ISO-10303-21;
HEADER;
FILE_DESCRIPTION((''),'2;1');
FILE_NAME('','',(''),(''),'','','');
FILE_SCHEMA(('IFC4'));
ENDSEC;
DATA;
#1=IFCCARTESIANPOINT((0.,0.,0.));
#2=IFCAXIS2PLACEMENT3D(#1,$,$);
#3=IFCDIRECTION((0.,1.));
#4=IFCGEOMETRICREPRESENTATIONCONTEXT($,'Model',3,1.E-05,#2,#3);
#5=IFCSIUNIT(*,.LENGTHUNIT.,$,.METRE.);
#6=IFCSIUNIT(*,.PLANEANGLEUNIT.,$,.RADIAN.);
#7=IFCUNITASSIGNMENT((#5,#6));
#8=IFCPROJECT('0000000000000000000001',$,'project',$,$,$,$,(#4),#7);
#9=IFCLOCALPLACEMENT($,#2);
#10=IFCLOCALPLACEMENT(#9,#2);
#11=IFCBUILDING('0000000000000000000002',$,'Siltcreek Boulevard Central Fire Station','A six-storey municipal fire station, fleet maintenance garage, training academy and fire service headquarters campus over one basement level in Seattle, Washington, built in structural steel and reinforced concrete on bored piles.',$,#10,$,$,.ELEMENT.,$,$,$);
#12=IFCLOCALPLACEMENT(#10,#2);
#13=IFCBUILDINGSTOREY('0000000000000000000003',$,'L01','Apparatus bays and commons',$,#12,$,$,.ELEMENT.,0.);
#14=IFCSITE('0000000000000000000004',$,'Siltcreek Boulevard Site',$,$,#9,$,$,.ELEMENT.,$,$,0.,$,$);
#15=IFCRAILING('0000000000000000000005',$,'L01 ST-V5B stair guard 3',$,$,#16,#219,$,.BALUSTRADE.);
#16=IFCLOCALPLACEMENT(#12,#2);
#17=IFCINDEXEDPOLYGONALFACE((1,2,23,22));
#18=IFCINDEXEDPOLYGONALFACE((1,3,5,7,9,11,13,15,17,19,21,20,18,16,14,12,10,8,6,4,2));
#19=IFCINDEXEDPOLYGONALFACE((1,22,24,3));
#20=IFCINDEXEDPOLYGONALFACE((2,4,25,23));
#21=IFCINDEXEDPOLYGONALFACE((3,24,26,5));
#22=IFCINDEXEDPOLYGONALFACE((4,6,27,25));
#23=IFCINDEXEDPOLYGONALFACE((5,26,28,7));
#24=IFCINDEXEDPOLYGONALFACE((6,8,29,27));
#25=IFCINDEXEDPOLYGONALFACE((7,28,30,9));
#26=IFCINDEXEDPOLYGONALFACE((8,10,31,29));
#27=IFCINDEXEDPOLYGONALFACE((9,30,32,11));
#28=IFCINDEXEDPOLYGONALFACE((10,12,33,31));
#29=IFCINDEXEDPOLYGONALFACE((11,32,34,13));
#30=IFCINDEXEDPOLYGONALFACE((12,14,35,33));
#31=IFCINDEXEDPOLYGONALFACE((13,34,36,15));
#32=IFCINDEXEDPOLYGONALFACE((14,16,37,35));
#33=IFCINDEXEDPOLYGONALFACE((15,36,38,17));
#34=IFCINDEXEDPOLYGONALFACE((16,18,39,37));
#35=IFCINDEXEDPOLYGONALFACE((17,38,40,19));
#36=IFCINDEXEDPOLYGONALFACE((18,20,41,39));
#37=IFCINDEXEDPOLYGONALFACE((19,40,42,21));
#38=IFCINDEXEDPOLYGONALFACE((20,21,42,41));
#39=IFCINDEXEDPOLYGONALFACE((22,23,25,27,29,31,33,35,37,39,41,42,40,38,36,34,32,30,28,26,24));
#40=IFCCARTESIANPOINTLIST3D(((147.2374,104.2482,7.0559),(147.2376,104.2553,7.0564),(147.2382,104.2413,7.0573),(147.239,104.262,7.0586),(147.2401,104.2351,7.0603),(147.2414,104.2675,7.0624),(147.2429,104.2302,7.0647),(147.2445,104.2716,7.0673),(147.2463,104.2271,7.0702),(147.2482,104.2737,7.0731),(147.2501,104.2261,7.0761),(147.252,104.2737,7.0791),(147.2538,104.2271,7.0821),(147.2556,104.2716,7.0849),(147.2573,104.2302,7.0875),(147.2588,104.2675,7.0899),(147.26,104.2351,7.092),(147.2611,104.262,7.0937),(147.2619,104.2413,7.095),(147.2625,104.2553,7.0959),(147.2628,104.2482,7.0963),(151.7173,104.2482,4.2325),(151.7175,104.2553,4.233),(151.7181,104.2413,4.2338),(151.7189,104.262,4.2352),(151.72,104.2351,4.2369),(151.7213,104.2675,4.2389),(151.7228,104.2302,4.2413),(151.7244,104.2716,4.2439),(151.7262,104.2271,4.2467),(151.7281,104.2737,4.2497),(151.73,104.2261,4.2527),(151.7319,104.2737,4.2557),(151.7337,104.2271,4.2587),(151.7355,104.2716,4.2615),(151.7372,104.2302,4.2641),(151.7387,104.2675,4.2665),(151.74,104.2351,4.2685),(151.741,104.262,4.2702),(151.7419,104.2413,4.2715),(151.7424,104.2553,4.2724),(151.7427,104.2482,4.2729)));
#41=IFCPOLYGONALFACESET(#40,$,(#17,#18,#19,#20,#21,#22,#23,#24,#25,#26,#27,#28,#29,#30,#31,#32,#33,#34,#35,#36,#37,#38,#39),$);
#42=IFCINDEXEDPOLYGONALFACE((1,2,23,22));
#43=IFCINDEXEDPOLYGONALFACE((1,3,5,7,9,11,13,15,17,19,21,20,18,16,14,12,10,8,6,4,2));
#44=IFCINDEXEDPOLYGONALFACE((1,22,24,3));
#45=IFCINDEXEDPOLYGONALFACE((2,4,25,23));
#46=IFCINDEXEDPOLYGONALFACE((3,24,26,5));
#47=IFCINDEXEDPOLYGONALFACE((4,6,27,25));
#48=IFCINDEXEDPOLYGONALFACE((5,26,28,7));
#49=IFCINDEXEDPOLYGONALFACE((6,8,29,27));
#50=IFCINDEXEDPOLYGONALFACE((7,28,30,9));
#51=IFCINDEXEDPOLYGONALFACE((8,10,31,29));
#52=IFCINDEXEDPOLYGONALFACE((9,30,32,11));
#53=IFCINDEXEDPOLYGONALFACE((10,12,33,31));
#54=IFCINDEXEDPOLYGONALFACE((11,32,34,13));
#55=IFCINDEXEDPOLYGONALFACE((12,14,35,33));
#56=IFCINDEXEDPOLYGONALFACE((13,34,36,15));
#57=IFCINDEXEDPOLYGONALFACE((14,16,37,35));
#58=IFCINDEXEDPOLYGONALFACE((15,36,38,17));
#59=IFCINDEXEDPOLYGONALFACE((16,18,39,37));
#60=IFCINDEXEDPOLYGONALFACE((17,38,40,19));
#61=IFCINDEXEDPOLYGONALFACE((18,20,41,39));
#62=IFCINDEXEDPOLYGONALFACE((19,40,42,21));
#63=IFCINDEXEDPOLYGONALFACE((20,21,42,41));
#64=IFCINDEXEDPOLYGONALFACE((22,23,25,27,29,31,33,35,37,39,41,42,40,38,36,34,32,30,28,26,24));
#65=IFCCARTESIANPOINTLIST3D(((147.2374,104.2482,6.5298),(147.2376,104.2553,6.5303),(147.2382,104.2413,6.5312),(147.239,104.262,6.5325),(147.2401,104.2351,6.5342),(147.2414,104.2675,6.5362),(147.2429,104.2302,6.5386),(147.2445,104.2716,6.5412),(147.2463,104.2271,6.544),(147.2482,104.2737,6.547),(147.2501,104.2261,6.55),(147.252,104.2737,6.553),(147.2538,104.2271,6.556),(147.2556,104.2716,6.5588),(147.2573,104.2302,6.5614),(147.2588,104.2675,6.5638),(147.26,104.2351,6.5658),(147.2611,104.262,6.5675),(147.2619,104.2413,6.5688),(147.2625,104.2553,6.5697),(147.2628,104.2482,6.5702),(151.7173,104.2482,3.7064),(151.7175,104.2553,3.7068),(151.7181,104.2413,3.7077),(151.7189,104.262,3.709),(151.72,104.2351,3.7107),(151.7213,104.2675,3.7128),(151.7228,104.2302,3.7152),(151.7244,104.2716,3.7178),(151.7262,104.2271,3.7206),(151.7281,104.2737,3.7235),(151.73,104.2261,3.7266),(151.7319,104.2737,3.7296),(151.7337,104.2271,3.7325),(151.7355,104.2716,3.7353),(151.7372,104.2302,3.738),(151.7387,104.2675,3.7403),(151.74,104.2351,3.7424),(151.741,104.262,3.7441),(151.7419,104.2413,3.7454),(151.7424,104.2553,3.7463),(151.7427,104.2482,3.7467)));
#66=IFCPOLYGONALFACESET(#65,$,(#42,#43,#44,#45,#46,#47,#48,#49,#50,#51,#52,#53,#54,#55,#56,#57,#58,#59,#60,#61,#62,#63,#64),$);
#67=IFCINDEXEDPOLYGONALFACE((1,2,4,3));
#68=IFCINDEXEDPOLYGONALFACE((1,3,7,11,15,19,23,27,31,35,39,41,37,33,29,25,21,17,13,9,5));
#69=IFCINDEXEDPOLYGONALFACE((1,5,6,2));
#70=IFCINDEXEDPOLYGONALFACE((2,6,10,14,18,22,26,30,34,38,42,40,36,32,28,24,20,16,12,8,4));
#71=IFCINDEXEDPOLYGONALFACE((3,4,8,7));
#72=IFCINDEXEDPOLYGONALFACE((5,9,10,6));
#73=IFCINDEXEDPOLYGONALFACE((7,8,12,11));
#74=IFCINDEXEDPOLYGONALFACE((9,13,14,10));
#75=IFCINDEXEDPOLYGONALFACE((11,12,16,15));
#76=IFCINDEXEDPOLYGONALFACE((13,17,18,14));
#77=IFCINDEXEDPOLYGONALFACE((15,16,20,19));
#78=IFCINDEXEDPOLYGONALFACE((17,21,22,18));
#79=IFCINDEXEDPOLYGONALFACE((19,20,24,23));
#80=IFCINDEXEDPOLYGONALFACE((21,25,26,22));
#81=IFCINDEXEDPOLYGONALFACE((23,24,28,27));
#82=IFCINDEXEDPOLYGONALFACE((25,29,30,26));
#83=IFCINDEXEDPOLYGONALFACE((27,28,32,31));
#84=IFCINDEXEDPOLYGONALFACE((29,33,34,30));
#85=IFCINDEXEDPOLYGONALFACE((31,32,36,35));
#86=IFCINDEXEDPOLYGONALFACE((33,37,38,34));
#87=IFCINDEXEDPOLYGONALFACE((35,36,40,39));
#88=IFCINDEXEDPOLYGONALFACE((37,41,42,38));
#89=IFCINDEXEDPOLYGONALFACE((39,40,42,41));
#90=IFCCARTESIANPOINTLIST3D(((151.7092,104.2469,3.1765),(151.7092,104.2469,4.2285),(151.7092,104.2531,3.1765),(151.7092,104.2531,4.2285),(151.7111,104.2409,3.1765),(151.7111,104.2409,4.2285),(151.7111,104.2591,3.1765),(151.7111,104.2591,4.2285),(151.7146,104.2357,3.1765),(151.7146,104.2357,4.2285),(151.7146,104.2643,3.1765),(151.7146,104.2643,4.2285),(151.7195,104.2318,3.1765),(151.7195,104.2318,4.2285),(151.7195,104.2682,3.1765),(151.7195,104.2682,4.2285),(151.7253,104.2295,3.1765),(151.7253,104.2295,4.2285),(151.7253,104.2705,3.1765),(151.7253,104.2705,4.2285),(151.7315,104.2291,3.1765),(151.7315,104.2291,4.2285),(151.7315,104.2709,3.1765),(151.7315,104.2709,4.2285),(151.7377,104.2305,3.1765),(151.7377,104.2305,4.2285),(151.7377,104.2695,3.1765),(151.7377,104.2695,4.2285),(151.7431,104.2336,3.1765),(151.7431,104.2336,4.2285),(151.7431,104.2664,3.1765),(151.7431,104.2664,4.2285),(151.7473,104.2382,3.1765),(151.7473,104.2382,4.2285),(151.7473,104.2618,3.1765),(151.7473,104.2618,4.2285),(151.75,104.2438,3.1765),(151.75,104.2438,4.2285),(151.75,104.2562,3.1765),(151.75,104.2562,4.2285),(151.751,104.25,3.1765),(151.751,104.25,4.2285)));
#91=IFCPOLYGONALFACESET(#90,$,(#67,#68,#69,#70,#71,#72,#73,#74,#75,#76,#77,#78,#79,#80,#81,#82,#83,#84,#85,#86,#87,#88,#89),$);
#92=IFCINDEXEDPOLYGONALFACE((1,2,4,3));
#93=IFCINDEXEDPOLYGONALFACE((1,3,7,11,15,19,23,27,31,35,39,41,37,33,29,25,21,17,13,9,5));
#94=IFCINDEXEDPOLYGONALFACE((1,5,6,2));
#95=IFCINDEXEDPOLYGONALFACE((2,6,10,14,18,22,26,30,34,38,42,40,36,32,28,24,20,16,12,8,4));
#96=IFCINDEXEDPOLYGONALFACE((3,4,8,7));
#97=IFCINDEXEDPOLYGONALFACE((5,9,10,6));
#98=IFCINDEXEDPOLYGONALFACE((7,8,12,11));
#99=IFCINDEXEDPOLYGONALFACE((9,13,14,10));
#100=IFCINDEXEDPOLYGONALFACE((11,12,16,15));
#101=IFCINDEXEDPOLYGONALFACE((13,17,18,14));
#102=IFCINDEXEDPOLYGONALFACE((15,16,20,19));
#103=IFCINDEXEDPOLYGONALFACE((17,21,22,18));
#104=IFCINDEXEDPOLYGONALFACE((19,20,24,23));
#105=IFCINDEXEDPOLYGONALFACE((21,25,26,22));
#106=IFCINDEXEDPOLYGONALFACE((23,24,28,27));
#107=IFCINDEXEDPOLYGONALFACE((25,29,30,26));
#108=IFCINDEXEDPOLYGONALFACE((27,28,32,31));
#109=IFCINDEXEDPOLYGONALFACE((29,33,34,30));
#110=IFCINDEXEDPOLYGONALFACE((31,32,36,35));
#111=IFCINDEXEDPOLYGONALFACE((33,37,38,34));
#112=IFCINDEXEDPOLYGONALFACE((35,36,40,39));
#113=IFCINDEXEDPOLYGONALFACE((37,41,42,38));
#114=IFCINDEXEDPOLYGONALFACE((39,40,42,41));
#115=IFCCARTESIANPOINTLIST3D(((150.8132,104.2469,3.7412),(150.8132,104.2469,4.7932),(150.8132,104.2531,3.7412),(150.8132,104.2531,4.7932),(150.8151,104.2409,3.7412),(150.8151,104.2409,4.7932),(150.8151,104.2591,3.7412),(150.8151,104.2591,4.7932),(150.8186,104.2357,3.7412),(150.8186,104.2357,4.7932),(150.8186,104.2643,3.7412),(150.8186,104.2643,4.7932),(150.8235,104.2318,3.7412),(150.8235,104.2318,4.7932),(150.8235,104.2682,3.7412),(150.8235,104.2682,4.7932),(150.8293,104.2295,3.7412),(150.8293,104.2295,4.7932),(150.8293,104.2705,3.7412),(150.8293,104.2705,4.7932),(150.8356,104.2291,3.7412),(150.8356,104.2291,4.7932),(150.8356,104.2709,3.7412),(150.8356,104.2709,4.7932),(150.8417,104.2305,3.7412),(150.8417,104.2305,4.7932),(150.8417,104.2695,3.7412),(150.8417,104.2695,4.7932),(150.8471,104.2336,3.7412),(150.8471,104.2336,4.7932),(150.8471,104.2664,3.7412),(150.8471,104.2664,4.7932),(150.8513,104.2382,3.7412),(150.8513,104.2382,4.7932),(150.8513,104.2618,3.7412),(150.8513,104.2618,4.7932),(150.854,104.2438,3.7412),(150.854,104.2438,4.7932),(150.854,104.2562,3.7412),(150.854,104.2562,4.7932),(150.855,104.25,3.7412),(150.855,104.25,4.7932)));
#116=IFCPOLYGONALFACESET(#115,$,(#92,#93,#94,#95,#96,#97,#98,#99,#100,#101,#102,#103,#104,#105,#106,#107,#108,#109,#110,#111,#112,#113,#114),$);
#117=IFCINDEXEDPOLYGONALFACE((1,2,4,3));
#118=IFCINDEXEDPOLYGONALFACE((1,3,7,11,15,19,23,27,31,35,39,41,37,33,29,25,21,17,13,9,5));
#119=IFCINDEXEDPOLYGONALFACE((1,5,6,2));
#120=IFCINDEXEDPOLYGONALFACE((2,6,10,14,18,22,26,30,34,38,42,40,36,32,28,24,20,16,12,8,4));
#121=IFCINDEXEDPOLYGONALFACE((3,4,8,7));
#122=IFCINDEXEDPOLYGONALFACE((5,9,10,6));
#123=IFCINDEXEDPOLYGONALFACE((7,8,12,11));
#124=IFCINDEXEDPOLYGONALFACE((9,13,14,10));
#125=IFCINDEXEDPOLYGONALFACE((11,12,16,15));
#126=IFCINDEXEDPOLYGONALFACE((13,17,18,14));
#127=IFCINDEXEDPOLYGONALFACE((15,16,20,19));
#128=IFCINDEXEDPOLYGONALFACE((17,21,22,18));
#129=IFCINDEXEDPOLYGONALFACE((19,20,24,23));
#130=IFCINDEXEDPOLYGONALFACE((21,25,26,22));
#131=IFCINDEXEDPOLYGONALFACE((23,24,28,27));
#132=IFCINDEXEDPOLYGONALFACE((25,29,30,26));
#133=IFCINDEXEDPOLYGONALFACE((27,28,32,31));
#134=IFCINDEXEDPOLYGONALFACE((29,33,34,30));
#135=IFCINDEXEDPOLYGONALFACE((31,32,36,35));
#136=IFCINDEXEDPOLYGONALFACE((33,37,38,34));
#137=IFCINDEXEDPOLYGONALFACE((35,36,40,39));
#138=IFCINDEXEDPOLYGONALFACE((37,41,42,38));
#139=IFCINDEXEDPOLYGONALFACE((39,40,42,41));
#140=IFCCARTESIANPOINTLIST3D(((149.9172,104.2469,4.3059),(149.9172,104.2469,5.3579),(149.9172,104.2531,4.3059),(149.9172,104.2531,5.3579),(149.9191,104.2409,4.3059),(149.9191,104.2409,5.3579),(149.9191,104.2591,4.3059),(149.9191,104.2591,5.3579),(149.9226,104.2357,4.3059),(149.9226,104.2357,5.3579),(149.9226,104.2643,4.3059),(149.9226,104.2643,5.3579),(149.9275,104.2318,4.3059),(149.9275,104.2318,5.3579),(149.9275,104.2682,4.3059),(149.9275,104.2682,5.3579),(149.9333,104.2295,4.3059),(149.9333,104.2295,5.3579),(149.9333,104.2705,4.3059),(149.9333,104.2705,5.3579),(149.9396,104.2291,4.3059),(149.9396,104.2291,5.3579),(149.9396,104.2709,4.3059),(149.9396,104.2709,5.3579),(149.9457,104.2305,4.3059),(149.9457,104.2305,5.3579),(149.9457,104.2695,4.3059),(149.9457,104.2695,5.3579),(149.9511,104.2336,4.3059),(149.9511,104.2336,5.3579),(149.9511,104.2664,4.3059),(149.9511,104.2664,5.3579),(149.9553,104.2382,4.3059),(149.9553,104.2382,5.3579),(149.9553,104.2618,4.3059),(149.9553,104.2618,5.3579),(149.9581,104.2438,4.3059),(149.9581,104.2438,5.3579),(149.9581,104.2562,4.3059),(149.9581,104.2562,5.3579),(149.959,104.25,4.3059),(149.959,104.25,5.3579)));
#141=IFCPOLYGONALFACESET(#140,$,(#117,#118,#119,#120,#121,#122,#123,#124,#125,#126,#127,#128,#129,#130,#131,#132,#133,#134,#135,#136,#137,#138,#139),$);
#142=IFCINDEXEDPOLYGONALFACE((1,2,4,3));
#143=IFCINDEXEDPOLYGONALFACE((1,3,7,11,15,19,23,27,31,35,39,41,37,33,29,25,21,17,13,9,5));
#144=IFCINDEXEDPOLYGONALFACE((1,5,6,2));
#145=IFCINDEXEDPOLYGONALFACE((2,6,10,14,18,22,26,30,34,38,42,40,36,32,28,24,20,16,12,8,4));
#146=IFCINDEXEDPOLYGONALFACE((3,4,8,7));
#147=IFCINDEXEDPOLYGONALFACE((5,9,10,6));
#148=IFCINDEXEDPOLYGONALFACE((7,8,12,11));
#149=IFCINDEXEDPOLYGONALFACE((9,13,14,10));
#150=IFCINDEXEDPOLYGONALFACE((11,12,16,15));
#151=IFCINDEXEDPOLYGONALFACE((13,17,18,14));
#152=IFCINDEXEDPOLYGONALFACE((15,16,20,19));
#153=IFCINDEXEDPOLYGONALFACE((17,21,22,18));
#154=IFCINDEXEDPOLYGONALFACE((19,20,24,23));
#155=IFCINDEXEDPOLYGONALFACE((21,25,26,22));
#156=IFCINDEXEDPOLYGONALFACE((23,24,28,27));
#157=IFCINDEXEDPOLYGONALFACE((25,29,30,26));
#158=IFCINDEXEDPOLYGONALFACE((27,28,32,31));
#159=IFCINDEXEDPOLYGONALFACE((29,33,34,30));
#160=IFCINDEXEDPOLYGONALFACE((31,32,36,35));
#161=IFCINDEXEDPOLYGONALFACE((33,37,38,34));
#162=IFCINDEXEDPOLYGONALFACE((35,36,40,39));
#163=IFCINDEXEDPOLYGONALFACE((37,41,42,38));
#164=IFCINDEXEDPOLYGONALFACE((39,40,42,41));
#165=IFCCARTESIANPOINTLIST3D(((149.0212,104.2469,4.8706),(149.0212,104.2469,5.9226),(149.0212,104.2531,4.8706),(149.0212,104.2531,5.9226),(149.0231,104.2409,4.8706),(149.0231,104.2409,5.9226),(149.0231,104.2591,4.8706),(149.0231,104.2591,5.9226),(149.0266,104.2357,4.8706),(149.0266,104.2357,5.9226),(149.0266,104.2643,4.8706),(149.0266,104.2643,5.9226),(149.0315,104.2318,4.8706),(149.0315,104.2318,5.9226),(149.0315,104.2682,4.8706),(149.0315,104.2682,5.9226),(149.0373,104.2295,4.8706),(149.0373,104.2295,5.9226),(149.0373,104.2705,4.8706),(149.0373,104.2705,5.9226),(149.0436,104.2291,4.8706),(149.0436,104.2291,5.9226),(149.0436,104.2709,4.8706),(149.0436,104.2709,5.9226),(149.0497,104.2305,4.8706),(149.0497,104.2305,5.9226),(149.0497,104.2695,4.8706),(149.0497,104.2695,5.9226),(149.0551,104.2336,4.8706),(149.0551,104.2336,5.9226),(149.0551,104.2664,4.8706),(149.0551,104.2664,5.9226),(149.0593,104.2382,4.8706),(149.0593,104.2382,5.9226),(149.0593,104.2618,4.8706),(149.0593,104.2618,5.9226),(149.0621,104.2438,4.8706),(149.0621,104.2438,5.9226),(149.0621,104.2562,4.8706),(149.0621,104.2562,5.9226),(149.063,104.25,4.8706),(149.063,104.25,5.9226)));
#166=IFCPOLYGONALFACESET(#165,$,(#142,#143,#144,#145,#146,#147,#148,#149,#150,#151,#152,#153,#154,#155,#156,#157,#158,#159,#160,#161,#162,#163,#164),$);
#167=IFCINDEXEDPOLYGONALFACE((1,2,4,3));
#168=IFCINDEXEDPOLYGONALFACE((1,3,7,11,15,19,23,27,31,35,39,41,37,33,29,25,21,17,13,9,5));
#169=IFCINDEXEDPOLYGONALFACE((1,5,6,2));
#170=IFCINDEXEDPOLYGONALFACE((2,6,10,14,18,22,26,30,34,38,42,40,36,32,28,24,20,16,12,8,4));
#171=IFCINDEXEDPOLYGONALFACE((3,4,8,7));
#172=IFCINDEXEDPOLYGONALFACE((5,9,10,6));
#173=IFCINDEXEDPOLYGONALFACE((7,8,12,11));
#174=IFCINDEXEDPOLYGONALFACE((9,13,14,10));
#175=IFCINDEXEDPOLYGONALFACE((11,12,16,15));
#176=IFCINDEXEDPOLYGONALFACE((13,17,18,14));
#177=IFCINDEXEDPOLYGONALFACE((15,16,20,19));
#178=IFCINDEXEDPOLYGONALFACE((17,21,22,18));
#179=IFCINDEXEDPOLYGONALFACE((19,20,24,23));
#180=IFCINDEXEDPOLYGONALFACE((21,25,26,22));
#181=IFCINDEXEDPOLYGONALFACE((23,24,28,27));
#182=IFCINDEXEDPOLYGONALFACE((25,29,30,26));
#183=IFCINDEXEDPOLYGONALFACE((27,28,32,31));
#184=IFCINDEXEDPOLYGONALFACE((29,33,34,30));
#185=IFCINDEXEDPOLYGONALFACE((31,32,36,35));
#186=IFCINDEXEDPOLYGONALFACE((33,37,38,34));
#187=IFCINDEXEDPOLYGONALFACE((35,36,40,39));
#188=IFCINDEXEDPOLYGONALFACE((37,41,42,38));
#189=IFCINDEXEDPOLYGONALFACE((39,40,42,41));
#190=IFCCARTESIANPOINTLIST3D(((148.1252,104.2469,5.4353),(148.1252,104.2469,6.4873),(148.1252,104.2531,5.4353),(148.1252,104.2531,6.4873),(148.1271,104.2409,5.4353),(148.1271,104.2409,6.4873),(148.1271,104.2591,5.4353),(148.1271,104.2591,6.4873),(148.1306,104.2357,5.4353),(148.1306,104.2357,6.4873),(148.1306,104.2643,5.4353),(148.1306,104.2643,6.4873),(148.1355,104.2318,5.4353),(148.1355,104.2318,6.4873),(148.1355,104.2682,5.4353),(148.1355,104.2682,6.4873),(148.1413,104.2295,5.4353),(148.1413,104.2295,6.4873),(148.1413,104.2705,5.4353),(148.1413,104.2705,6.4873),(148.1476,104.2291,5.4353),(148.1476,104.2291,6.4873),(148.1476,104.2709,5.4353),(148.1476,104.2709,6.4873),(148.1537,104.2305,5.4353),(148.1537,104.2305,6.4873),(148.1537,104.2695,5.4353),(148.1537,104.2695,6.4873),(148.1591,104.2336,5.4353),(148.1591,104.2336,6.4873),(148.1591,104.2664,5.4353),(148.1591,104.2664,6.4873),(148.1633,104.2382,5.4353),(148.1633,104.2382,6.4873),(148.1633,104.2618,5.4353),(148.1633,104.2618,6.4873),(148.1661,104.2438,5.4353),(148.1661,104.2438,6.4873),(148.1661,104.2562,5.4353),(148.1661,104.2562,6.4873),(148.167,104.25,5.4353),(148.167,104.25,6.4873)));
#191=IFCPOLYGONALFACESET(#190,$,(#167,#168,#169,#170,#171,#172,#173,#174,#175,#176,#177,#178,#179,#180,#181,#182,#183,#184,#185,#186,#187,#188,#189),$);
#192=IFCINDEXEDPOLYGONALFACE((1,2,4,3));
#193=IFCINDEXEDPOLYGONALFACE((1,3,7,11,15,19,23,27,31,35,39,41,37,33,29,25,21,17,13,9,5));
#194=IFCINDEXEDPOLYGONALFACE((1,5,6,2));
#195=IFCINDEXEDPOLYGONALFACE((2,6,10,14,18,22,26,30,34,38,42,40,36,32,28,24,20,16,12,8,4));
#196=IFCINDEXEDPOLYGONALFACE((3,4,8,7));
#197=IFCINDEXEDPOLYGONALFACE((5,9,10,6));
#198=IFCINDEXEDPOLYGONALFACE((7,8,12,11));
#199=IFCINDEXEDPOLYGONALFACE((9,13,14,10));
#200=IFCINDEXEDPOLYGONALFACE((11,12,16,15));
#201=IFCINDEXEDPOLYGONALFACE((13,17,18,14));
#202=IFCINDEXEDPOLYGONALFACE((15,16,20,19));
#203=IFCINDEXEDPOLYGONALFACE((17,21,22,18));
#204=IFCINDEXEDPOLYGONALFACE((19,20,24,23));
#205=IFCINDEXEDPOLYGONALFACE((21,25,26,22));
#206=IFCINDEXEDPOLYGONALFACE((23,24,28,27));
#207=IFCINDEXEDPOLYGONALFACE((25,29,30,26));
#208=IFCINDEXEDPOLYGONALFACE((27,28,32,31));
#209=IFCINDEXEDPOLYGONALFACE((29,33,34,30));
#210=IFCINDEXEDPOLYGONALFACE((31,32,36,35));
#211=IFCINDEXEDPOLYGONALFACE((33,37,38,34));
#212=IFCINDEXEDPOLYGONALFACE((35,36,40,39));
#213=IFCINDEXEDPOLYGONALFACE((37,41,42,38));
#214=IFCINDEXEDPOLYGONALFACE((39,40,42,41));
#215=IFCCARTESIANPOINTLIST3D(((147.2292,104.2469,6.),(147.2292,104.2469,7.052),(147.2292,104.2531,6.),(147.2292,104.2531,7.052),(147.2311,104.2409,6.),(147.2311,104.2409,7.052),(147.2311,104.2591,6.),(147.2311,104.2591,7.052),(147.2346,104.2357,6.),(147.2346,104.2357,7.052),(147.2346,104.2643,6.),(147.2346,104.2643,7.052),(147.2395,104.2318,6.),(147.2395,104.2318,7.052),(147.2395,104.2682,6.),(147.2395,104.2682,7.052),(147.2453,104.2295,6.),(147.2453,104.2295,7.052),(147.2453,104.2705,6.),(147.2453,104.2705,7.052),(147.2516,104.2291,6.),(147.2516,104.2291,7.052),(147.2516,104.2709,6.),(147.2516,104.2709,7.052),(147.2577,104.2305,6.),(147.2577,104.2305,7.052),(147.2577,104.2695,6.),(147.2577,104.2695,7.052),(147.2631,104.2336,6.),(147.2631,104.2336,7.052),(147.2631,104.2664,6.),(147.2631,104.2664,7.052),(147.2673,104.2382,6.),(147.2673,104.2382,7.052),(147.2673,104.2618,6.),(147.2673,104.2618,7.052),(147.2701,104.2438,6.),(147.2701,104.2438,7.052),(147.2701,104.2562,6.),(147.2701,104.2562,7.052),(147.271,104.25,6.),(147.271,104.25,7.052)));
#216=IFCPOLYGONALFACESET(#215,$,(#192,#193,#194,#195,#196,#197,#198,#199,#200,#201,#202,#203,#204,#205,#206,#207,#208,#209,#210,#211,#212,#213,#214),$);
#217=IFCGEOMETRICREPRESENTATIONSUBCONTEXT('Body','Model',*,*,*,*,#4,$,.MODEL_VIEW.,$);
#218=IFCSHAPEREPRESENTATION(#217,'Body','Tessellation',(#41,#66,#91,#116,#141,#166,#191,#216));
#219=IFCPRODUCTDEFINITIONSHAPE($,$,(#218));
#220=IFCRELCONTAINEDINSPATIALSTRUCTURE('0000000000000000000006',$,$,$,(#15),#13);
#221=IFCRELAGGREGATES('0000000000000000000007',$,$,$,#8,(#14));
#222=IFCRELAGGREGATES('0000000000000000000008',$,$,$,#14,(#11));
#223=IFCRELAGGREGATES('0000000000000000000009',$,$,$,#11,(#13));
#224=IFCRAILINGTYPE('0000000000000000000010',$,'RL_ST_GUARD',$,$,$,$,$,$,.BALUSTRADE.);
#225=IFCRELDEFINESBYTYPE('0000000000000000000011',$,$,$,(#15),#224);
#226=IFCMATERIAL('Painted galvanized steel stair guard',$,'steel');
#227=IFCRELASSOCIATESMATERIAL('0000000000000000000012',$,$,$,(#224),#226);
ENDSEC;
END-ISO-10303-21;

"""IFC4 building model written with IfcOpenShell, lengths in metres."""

from ifc_helpers import new_model, si_unit, direction, frame, origin, origin_2d, place, context, subcontext, project, spatial, circle, extrude, material, type_object, element, save


model = new_model("IFC4")

# Units and contexts
model_context = context("Model", 3, precision=1e-05, world=origin(), true_north=direction((0.0, 1.0)))
body_context = subcontext(model_context, "Body", "Model", "MODEL_VIEW")
ifc_project = project(units=[si_unit("LENGTHUNIT", "METRE"), si_unit("PLANEANGLEUNIT", "RADIAN")], contexts=[model_context])

# Site, building, storey
site_placement = place(None, origin())
site = spatial("IfcSite", under=ifc_project, at=site_placement, Name="Siltcreek Boulevard Site", CompositionType="ELEMENT", RefElevation=0.0)
building_placement = place(site_placement, origin())
building = spatial("IfcBuilding", under=site, at=building_placement, Name="Siltcreek Boulevard Central Fire Station", Description="A six-storey municipal fire station, fleet maintenance garage, training academy and fire service headquarters campus over one basement level in Seattle, Washington, built in structural steel and reinforced concrete on bored piles.", CompositionType="ELEMENT")
storey_placement = place(building_placement, origin())
storey = spatial("IfcBuildingStorey", under=building, at=storey_placement, Name="L01", Description="Apparatus bays and commons", CompositionType="ELEMENT", Elevation=0.0)

# Railing
ifc_material_1 = material(Name="Painted galvanized steel stair guard", Category="steel")
railing_type_1 = type_object("IfcRailingType", Name="RL_ST_GUARD", PredefinedType="BALUSTRADE", material=ifc_material_1)
railing_1_placement = place(storey_placement, frame((151.73, 104.25, 3.1765)))
element("IfcRailing", 1, at=railing_1_placement, inside=storey, type_object=railing_type_1, Name="L01 ST-V5B stair guard 3", PredefinedType="BALUSTRADE", context=body_context, shape_type="SweptSolid", body=[
    extrude(circle(Radius=0.0239, at=origin_2d()), frame((0.0, 0.0, 1.0762), z_axis=(-0.845998, 0.0, 0.533186), x_axis=(0.0, -1.0, 0.0)), (0.0, 0.0, 1.0), 5.2954),
    extrude(circle(Radius=0.0239, at=origin_2d()), frame((0.0, 0.0, 0.55), z_axis=(-0.845998, 0.0, 0.533186), x_axis=(0.0, -1.0, 0.0)), (0.0, 0.0, 1.0), 5.2954),
    extrude(circle(Radius=0.021, at=origin_2d()), origin(), (0.0, 0.0, 1.0), 1.052),
    extrude(circle(Radius=0.021, at=origin_2d()), frame((-0.896, 0.0, 0.5647)), (0.0, 0.0, 1.0), 1.052),
    extrude(circle(Radius=0.021, at=origin_2d()), frame((-1.792, 0.0, 1.1294)), (0.0, 0.0, 1.0), 1.052),
    extrude(circle(Radius=0.021, at=origin_2d()), frame((-2.688, 0.0, 1.6941)), (0.0, 0.0, 1.0), 1.052),
    extrude(circle(Radius=0.021, at=origin_2d()), frame((-3.584, 0.0, 2.2588)), (0.0, 0.0, 1.0), 1.052),
    extrude(circle(Radius=0.021, at=origin_2d()), frame((-4.48, 0.0, 2.8235)), (0.0, 0.0, 1.0), 1.052),
])

save(model, "model.ifc")
